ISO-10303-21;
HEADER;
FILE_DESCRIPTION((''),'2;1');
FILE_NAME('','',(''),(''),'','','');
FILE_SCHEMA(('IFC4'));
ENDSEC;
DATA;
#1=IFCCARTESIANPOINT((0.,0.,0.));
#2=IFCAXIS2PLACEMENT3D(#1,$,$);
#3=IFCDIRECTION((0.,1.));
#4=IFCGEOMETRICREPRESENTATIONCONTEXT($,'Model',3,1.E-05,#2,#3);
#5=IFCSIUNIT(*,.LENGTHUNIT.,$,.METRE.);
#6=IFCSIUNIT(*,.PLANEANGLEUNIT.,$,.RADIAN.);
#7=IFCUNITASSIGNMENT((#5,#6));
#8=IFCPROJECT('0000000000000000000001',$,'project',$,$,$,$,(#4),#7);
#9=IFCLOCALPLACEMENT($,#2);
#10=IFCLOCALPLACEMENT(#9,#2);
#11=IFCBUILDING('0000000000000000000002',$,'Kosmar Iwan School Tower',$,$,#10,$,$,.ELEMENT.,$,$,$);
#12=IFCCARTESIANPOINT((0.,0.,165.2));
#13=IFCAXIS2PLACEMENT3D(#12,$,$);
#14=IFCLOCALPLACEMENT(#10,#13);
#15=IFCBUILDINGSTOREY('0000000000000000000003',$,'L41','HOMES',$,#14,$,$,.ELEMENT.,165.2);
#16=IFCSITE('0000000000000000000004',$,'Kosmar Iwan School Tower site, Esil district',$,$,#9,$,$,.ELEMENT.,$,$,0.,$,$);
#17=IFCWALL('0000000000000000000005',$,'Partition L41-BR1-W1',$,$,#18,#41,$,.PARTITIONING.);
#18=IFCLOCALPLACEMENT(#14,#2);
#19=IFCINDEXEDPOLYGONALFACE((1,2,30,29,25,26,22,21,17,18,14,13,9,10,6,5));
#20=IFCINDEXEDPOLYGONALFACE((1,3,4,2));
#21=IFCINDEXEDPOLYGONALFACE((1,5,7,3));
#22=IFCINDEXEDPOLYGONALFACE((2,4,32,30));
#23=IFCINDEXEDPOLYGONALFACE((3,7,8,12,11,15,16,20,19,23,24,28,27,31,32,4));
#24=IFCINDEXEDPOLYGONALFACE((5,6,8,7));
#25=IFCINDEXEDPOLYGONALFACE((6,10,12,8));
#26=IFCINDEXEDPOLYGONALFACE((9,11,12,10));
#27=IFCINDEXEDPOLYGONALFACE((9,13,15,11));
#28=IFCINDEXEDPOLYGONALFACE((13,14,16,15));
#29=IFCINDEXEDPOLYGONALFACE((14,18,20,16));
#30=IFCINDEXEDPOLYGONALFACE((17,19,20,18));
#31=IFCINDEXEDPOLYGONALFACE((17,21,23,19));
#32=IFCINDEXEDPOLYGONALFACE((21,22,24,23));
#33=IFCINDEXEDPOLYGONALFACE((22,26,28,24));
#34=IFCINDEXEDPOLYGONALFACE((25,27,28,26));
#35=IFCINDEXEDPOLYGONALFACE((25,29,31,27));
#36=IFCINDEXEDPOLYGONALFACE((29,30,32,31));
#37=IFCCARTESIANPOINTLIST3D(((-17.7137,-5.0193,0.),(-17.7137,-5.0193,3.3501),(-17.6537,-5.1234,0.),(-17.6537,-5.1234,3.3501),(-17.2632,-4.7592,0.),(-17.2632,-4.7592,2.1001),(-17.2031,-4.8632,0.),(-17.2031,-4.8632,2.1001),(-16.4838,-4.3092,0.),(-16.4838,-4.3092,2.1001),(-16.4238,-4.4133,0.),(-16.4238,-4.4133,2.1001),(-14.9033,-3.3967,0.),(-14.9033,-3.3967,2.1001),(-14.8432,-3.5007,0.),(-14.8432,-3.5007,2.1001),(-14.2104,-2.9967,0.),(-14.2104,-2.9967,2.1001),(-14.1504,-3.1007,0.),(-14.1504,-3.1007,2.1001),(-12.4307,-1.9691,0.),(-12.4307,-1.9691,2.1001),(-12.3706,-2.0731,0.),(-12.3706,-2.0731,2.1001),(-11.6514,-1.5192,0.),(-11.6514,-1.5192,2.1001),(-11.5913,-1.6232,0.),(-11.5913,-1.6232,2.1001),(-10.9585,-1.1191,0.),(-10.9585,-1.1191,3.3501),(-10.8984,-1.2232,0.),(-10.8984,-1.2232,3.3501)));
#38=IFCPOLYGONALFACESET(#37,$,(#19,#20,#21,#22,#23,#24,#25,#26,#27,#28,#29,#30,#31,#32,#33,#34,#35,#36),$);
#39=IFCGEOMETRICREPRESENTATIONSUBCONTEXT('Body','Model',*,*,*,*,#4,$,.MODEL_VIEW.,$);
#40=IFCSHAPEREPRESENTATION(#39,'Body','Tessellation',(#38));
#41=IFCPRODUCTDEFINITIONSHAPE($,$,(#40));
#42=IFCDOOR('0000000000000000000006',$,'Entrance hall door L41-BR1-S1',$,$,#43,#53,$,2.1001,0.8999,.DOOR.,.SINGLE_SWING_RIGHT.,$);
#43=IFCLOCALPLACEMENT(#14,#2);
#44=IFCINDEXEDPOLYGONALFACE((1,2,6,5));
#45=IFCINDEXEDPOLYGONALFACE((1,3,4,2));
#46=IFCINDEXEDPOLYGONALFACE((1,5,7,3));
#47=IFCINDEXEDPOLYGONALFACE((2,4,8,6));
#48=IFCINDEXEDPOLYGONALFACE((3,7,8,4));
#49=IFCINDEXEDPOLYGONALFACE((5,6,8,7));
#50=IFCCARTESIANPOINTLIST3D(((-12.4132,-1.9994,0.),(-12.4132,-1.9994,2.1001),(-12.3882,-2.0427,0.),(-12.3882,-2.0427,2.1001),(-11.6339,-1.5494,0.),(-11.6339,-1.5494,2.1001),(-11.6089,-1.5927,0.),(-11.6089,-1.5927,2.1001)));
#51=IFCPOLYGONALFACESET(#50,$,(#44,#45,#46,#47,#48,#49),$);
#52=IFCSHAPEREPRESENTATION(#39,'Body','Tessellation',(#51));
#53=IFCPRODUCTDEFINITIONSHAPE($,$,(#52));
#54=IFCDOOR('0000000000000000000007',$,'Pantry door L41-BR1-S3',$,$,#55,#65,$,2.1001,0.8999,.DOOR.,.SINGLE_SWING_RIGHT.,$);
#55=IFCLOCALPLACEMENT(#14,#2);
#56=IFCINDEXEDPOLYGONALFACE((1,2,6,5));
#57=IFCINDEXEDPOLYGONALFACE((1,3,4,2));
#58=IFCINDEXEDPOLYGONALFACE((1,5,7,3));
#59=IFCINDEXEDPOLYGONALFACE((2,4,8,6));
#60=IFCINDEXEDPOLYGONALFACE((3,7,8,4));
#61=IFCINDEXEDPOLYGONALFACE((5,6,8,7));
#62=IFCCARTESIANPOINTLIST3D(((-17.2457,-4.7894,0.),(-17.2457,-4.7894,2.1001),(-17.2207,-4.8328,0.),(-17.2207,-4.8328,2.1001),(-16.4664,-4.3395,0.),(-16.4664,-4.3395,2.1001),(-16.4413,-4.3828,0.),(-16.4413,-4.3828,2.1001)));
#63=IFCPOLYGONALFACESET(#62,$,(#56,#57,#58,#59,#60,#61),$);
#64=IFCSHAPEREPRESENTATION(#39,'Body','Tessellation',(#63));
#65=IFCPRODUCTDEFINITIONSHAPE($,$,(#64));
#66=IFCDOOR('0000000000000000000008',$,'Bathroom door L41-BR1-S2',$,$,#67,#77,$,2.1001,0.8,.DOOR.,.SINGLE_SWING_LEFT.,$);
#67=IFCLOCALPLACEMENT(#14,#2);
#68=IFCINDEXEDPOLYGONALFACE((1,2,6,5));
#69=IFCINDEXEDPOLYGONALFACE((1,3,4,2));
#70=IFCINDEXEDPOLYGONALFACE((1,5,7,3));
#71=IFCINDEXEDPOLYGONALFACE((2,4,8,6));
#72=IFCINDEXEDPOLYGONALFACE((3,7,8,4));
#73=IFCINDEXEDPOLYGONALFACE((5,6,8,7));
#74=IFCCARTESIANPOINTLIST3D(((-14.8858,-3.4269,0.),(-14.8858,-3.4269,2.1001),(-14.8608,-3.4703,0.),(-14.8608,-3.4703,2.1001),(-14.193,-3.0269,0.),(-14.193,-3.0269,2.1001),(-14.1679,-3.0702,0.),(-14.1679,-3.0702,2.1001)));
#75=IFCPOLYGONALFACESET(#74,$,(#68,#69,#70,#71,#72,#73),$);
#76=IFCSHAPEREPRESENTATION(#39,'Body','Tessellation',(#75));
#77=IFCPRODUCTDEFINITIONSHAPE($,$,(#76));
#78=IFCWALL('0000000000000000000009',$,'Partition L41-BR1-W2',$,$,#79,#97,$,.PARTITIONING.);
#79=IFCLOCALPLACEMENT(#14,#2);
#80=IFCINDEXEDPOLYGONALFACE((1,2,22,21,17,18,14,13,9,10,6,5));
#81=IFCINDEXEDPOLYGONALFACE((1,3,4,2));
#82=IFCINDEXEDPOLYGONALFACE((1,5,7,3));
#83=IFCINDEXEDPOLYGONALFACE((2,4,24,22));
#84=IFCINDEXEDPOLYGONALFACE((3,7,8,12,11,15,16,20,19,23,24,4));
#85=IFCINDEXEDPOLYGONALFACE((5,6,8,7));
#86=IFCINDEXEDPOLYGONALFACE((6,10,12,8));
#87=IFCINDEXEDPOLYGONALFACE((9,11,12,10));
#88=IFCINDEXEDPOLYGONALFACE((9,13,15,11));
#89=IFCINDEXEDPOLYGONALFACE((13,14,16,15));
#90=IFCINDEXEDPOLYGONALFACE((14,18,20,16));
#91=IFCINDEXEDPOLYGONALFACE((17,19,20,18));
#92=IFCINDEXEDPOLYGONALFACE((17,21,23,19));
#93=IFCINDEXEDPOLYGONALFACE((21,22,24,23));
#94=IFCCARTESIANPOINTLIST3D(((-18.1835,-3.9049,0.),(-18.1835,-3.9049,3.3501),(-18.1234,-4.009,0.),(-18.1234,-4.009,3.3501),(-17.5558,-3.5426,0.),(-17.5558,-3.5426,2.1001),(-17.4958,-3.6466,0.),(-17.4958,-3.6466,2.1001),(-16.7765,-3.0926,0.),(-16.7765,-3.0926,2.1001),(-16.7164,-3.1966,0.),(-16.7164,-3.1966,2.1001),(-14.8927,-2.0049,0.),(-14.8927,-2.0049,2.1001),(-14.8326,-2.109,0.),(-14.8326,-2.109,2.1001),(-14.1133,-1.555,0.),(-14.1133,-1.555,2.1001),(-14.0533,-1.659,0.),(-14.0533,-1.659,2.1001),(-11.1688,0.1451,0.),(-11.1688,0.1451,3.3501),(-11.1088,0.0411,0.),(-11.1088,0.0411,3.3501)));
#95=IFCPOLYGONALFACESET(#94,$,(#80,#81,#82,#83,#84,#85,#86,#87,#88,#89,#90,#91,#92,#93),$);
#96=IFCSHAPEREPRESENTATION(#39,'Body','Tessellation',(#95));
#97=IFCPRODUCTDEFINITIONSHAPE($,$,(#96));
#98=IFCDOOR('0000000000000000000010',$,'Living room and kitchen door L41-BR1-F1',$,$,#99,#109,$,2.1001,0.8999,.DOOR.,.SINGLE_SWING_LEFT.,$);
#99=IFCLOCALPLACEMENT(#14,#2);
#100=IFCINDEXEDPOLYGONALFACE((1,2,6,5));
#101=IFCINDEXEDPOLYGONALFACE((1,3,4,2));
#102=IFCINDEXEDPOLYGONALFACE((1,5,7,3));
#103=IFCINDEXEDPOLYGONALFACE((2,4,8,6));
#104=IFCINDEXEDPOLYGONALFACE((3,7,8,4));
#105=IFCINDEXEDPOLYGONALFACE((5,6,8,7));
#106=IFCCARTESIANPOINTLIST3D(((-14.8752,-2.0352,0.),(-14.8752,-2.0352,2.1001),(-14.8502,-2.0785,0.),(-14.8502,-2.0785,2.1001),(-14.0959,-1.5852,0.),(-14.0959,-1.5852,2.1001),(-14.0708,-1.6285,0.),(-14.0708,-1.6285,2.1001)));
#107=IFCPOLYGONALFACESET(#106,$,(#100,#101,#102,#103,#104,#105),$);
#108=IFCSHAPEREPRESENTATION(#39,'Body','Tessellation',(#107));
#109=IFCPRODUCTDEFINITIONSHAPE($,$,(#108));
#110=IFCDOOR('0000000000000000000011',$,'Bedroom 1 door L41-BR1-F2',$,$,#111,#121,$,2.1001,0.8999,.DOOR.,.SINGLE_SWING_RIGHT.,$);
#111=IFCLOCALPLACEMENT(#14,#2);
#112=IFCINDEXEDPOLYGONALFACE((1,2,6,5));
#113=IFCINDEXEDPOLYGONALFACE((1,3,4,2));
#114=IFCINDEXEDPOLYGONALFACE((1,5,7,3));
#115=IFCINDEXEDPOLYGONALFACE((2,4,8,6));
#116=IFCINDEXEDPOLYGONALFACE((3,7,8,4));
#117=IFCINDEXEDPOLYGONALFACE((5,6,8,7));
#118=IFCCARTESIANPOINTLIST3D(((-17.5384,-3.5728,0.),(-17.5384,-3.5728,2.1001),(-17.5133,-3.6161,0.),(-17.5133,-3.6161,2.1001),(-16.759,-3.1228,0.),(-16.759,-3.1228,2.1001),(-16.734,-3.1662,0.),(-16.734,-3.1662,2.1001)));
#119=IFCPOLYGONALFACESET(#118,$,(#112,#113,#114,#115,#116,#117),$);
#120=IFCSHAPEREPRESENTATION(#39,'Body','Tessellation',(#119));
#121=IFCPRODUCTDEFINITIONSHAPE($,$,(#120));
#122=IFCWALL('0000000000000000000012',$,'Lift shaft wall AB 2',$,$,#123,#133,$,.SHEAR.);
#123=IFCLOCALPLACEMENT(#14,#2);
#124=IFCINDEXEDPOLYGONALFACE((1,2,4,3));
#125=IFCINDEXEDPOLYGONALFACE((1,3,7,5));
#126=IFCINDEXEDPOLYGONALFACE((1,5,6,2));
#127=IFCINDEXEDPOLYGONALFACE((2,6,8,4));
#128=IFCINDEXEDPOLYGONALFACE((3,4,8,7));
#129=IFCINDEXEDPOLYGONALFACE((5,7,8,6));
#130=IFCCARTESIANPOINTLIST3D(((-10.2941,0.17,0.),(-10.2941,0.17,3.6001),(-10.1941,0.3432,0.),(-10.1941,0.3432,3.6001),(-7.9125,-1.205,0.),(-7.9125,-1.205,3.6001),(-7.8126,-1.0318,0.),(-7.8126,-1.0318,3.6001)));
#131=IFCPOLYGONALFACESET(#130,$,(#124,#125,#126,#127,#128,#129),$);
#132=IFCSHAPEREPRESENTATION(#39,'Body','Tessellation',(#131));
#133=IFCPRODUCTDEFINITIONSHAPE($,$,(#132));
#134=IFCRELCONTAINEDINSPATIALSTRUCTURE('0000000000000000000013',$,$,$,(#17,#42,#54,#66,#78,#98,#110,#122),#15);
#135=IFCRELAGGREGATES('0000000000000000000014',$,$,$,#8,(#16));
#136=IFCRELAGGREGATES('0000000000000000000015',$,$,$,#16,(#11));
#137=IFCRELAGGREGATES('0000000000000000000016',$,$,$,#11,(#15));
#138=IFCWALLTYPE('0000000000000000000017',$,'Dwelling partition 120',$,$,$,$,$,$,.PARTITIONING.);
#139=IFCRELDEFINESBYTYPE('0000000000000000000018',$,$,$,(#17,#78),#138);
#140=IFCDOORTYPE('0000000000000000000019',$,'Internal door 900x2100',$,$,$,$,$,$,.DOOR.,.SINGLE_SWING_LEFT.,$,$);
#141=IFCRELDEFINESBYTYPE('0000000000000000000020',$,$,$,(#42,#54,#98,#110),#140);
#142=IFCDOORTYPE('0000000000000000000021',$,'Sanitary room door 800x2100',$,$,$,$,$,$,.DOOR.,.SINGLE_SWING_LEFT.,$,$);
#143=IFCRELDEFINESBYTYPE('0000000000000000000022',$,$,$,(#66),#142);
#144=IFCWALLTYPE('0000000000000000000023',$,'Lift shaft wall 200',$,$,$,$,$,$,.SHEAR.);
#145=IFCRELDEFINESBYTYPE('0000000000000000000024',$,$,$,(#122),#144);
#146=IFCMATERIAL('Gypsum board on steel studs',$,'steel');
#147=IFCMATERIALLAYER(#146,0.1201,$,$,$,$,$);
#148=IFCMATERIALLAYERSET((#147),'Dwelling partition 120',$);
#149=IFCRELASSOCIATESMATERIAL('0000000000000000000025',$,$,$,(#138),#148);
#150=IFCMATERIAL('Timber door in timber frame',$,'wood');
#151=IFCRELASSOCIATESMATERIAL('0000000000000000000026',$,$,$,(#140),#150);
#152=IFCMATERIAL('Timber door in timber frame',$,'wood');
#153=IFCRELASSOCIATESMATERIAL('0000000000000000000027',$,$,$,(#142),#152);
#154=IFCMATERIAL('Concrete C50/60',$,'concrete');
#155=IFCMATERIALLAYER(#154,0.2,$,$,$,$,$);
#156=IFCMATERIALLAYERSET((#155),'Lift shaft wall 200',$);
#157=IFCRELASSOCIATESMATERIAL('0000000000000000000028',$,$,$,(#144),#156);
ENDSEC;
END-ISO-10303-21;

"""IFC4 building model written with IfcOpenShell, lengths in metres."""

from ifc_helpers import new_model, si_unit, direction, frame, frame_2d, origin, place, context, subcontext, project, spatial, rectangle, extrude, material, layer, layer_set, type_object, element, fill, save


model = new_model("IFC4")

# Units and contexts
model_context = context("Model", 3, precision=1e-05, world=origin(), true_north=direction((0.0, 1.0)))
body_context = subcontext(model_context, "Body", "Model", "MODEL_VIEW")
ifc_project = project(units=[si_unit("LENGTHUNIT", "METRE"), si_unit("PLANEANGLEUNIT", "RADIAN")], contexts=[model_context])

# Site, building, storey
site_placement = place(None, origin())
site = spatial("IfcSite", under=ifc_project, at=site_placement, Name="Kosmar Iwan School Tower site, Esil district", CompositionType="ELEMENT", RefElevation=0.0)
building_placement = place(site_placement, origin())
building = spatial("IfcBuilding", under=site, at=building_placement, Name="Kosmar Iwan School Tower", CompositionType="ELEMENT")
storey_placement = place(building_placement, frame((0.0, 0.0, 165.2)))
storey = spatial("IfcBuildingStorey", under=building, at=storey_placement, Name="L41", Description="HOMES", CompositionType="ELEMENT", Elevation=165.2)

# Walls, openings, doors
ifc_material_1 = material(Name="Gypsum board on steel studs", Category="steel")
ifc_layer_1 = layer(ifc_material_1, 0.1201)
ifc_layer_set_1 = layer_set([ifc_layer_1], Name="Dwelling partition 120")
wall_type_1 = type_object("IfcWallType", Name="Dwelling partition 120", PredefinedType="PARTITIONING", material=ifc_layer_set_1)
wall_1_placement = place(storey_placement, frame((-10.9285, -1.1711, 0.0), z_axis=(0.0, 0.0, 1.0), x_axis=(-0.866021, -0.500007, 0.0)))
wall_1 = element("IfcWall", 1, at=wall_1_placement, inside=storey, type_object=wall_type_1, Name="Partition L41-BR1-W1", PredefinedType="PARTITIONING", context=body_context, shape_type="SweptSolid", body=[
    extrude(rectangle(XDim=7.8003, YDim=0.1201, at=frame_2d((3.9001, 0.0))), origin(), (0.0, 0.0, 1.0), 3.3501),
])
opening_1_placement = place(wall_1_placement, frame((0.8, 0.0, 0.0)))
opening_1 = element("IfcOpeningElement", 2, at=opening_1_placement, cuts=wall_1, PredefinedType="OPENING", context=body_context, shape_type="SweptSolid", body=[
    extrude(rectangle(XDim=0.8999, YDim=2.1001, at=frame_2d((0.45, 1.05))), frame((0.0, 0.072, 0.0), z_axis=(0.0, -1.0, 0.0), x_axis=(1.0, 0.0, 0.0)), (0.0, 0.0, 1.0), 0.144),
])
opening_2_placement = place(wall_1_placement, frame((3.7551, 0.0, 0.0)))
opening_2 = element("IfcOpeningElement", 3, at=opening_2_placement, cuts=wall_1, PredefinedType="OPENING", context=body_context, shape_type="SweptSolid", body=[
    extrude(rectangle(XDim=0.8, YDim=2.1001, at=frame_2d((0.3999, 1.05))), frame((0.0, 0.072, 0.0), z_axis=(0.0, -1.0, 0.0), x_axis=(1.0, 0.0, 0.0)), (0.0, 0.0, 1.0), 0.144),
])
opening_3_placement = place(wall_1_placement, frame((6.3801, 0.0, 0.0)))
opening_3 = element("IfcOpeningElement", 4, at=opening_3_placement, cuts=wall_1, PredefinedType="OPENING", context=body_context, shape_type="SweptSolid", body=[
    extrude(rectangle(XDim=0.8999, YDim=2.1001, at=frame_2d((0.45, 1.05))), frame((0.0, 0.072, 0.0), z_axis=(0.0, -1.0, 0.0), x_axis=(1.0, 0.0, 0.0)), (0.0, 0.0, 1.0), 0.144),
])
ifc_material_2 = material(Name="Timber door in timber frame", Category="wood")
door_type_1 = type_object("IfcDoorType", Name="Internal door 900x2100", OperationType="SINGLE_SWING_LEFT", PredefinedType="DOOR", material=ifc_material_2)
door_1_placement = place(opening_1_placement, origin())
door_1 = element("IfcDoor", 5, at=door_1_placement, inside=storey, type_object=door_type_1, Name="Entrance hall door L41-BR1-S1", OperationType="SINGLE_SWING_RIGHT", OverallHeight=2.1001, OverallWidth=0.8999, PredefinedType="DOOR", context=body_context, shape_type="SweptSolid", body=[
    extrude(rectangle(XDim=0.8999, YDim=2.1001, at=frame_2d((0.45, 1.05))), frame((0.0, 0.0249, 0.0), z_axis=(0.0, -1.0, 0.0), x_axis=(1.0, 0.0, 0.0)), (0.0, 0.0, 1.0), 0.05),
])
fill(opening_1, door_1)
door_2_placement = place(opening_3_placement, origin())
door_2 = element("IfcDoor", 6, at=door_2_placement, inside=storey, type_object=door_type_1, Name="Pantry door L41-BR1-S3", OperationType="SINGLE_SWING_RIGHT", OverallHeight=2.1001, OverallWidth=0.8999, PredefinedType="DOOR", context=body_context, shape_type="SweptSolid", body=[
    extrude(rectangle(XDim=0.8999, YDim=2.1001, at=frame_2d((0.45, 1.05))), frame((0.0, 0.0249, 0.0), z_axis=(0.0, -1.0, 0.0), x_axis=(1.0, 0.0, 0.0)), (0.0, 0.0, 1.0), 0.05),
])
fill(opening_3, door_2)
ifc_material_3 = material(Name="Timber door in timber frame", Category="wood")
door_type_2 = type_object("IfcDoorType", Name="Sanitary room door 800x2100", OperationType="SINGLE_SWING_LEFT", PredefinedType="DOOR", material=ifc_material_3)
door_3_placement = place(opening_2_placement, origin())
door_3 = element("IfcDoor", 7, at=door_3_placement, inside=storey, type_object=door_type_2, Name="Bathroom door L41-BR1-S2", OperationType="SINGLE_SWING_LEFT", OverallHeight=2.1001, OverallWidth=0.8, PredefinedType="DOOR", context=body_context, shape_type="SweptSolid", body=[
    extrude(rectangle(XDim=0.8, YDim=2.1001, at=frame_2d((0.3999, 1.05))), frame((0.0, 0.0249, 0.0), z_axis=(0.0, -1.0, 0.0), x_axis=(1.0, 0.0, 0.0)), (0.0, 0.0, 1.0), 0.05),
])
fill(opening_2, door_3)
wall_2_placement = place(storey_placement, frame((-11.1389, 0.093, 0.0), z_axis=(0.0, 0.0, 1.0), x_axis=(-0.866018, -0.500013, 0.0)))
wall_2 = element("IfcWall", 8, at=wall_2_placement, inside=storey, type_object=wall_type_1, Name="Partition L41-BR1-W2", PredefinedType="PARTITIONING", context=body_context, shape_type="SweptSolid", body=[
    extrude(rectangle(XDim=8.0999, YDim=0.1201, at=frame_2d((4.0498, 0.0))), origin(), (0.0, 0.0, 1.0), 3.3501),
])
opening_4_placement = place(wall_2_placement, frame((3.3999, 0.0, 0.0)))
opening_4 = element("IfcOpeningElement", 9, at=opening_4_placement, cuts=wall_2, PredefinedType="OPENING", context=body_context, shape_type="SweptSolid", body=[
    extrude(rectangle(XDim=0.8999, YDim=2.1001, at=frame_2d((0.45, 1.05))), frame((0.0, 0.072, 0.0), z_axis=(0.0, -1.0, 0.0), x_axis=(1.0, 0.0, 0.0)), (0.0, 0.0, 1.0), 0.144),
])
opening_5_placement = place(wall_2_placement, frame((6.4751, 0.0, 0.0)))
opening_5 = element("IfcOpeningElement", 10, at=opening_5_placement, cuts=wall_2, PredefinedType="OPENING", context=body_context, shape_type="SweptSolid", body=[
    extrude(rectangle(XDim=0.8999, YDim=2.1001, at=frame_2d((0.45, 1.05))), frame((0.0, 0.072, 0.0), z_axis=(0.0, -1.0, 0.0), x_axis=(1.0, 0.0, 0.0)), (0.0, 0.0, 1.0), 0.144),
])
door_4_placement = place(opening_4_placement, origin())
door_4 = element("IfcDoor", 11, at=door_4_placement, inside=storey, type_object=door_type_1, Name="Living room and kitchen door L41-BR1-F1", OperationType="SINGLE_SWING_LEFT", OverallHeight=2.1001, OverallWidth=0.8999, PredefinedType="DOOR", context=body_context, shape_type="SweptSolid", body=[
    extrude(rectangle(XDim=0.8999, YDim=2.1001, at=frame_2d((0.45, 1.05))), frame((0.0, 0.0249, 0.0), z_axis=(0.0, -1.0, 0.0), x_axis=(1.0, 0.0, 0.0)), (0.0, 0.0, 1.0), 0.05),
])
fill(opening_4, door_4)
door_5_placement = place(opening_5_placement, origin())
door_5 = element("IfcDoor", 12, at=door_5_placement, inside=storey, type_object=door_type_1, Name="Bedroom 1 door L41-BR1-F2", OperationType="SINGLE_SWING_RIGHT", OverallHeight=2.1001, OverallWidth=0.8999, PredefinedType="DOOR", context=body_context, shape_type="SweptSolid", body=[
    extrude(rectangle(XDim=0.8999, YDim=2.1001, at=frame_2d((0.45, 1.05))), frame((0.0, 0.0249, 0.0), z_axis=(0.0, -1.0, 0.0), x_axis=(1.0, 0.0, 0.0)), (0.0, 0.0, 1.0), 0.05),
])
fill(opening_5, door_5)

# Wall
ifc_material_4 = material(Name="Concrete C50/60", Category="concrete")
ifc_layer_2 = layer(ifc_material_4, 0.2)
ifc_layer_set_2 = layer_set([ifc_layer_2], Name="Lift shaft wall 200")
wall_type_2 = type_object("IfcWallType", Name="Lift shaft wall 200", PredefinedType="SHEAR", material=ifc_layer_set_2)
wall_3_placement = place(storey_placement, frame((-7.8625, -1.1184, 0.0), z_axis=(0.0, 0.0, 1.0), x_axis=(-0.866027, 0.499997, 0.0)))
element("IfcWall", 13, at=wall_3_placement, inside=storey, type_object=wall_type_2, Name="Lift shaft wall AB 2", PredefinedType="SHEAR", context=body_context, shape_type="SweptSolid", body=[
    extrude(rectangle(XDim=2.75, YDim=0.2, at=frame_2d((1.375, 0.0))), origin(), (0.0, 0.0, 1.0), 3.6001),
])

save(model, "model.ifc")
